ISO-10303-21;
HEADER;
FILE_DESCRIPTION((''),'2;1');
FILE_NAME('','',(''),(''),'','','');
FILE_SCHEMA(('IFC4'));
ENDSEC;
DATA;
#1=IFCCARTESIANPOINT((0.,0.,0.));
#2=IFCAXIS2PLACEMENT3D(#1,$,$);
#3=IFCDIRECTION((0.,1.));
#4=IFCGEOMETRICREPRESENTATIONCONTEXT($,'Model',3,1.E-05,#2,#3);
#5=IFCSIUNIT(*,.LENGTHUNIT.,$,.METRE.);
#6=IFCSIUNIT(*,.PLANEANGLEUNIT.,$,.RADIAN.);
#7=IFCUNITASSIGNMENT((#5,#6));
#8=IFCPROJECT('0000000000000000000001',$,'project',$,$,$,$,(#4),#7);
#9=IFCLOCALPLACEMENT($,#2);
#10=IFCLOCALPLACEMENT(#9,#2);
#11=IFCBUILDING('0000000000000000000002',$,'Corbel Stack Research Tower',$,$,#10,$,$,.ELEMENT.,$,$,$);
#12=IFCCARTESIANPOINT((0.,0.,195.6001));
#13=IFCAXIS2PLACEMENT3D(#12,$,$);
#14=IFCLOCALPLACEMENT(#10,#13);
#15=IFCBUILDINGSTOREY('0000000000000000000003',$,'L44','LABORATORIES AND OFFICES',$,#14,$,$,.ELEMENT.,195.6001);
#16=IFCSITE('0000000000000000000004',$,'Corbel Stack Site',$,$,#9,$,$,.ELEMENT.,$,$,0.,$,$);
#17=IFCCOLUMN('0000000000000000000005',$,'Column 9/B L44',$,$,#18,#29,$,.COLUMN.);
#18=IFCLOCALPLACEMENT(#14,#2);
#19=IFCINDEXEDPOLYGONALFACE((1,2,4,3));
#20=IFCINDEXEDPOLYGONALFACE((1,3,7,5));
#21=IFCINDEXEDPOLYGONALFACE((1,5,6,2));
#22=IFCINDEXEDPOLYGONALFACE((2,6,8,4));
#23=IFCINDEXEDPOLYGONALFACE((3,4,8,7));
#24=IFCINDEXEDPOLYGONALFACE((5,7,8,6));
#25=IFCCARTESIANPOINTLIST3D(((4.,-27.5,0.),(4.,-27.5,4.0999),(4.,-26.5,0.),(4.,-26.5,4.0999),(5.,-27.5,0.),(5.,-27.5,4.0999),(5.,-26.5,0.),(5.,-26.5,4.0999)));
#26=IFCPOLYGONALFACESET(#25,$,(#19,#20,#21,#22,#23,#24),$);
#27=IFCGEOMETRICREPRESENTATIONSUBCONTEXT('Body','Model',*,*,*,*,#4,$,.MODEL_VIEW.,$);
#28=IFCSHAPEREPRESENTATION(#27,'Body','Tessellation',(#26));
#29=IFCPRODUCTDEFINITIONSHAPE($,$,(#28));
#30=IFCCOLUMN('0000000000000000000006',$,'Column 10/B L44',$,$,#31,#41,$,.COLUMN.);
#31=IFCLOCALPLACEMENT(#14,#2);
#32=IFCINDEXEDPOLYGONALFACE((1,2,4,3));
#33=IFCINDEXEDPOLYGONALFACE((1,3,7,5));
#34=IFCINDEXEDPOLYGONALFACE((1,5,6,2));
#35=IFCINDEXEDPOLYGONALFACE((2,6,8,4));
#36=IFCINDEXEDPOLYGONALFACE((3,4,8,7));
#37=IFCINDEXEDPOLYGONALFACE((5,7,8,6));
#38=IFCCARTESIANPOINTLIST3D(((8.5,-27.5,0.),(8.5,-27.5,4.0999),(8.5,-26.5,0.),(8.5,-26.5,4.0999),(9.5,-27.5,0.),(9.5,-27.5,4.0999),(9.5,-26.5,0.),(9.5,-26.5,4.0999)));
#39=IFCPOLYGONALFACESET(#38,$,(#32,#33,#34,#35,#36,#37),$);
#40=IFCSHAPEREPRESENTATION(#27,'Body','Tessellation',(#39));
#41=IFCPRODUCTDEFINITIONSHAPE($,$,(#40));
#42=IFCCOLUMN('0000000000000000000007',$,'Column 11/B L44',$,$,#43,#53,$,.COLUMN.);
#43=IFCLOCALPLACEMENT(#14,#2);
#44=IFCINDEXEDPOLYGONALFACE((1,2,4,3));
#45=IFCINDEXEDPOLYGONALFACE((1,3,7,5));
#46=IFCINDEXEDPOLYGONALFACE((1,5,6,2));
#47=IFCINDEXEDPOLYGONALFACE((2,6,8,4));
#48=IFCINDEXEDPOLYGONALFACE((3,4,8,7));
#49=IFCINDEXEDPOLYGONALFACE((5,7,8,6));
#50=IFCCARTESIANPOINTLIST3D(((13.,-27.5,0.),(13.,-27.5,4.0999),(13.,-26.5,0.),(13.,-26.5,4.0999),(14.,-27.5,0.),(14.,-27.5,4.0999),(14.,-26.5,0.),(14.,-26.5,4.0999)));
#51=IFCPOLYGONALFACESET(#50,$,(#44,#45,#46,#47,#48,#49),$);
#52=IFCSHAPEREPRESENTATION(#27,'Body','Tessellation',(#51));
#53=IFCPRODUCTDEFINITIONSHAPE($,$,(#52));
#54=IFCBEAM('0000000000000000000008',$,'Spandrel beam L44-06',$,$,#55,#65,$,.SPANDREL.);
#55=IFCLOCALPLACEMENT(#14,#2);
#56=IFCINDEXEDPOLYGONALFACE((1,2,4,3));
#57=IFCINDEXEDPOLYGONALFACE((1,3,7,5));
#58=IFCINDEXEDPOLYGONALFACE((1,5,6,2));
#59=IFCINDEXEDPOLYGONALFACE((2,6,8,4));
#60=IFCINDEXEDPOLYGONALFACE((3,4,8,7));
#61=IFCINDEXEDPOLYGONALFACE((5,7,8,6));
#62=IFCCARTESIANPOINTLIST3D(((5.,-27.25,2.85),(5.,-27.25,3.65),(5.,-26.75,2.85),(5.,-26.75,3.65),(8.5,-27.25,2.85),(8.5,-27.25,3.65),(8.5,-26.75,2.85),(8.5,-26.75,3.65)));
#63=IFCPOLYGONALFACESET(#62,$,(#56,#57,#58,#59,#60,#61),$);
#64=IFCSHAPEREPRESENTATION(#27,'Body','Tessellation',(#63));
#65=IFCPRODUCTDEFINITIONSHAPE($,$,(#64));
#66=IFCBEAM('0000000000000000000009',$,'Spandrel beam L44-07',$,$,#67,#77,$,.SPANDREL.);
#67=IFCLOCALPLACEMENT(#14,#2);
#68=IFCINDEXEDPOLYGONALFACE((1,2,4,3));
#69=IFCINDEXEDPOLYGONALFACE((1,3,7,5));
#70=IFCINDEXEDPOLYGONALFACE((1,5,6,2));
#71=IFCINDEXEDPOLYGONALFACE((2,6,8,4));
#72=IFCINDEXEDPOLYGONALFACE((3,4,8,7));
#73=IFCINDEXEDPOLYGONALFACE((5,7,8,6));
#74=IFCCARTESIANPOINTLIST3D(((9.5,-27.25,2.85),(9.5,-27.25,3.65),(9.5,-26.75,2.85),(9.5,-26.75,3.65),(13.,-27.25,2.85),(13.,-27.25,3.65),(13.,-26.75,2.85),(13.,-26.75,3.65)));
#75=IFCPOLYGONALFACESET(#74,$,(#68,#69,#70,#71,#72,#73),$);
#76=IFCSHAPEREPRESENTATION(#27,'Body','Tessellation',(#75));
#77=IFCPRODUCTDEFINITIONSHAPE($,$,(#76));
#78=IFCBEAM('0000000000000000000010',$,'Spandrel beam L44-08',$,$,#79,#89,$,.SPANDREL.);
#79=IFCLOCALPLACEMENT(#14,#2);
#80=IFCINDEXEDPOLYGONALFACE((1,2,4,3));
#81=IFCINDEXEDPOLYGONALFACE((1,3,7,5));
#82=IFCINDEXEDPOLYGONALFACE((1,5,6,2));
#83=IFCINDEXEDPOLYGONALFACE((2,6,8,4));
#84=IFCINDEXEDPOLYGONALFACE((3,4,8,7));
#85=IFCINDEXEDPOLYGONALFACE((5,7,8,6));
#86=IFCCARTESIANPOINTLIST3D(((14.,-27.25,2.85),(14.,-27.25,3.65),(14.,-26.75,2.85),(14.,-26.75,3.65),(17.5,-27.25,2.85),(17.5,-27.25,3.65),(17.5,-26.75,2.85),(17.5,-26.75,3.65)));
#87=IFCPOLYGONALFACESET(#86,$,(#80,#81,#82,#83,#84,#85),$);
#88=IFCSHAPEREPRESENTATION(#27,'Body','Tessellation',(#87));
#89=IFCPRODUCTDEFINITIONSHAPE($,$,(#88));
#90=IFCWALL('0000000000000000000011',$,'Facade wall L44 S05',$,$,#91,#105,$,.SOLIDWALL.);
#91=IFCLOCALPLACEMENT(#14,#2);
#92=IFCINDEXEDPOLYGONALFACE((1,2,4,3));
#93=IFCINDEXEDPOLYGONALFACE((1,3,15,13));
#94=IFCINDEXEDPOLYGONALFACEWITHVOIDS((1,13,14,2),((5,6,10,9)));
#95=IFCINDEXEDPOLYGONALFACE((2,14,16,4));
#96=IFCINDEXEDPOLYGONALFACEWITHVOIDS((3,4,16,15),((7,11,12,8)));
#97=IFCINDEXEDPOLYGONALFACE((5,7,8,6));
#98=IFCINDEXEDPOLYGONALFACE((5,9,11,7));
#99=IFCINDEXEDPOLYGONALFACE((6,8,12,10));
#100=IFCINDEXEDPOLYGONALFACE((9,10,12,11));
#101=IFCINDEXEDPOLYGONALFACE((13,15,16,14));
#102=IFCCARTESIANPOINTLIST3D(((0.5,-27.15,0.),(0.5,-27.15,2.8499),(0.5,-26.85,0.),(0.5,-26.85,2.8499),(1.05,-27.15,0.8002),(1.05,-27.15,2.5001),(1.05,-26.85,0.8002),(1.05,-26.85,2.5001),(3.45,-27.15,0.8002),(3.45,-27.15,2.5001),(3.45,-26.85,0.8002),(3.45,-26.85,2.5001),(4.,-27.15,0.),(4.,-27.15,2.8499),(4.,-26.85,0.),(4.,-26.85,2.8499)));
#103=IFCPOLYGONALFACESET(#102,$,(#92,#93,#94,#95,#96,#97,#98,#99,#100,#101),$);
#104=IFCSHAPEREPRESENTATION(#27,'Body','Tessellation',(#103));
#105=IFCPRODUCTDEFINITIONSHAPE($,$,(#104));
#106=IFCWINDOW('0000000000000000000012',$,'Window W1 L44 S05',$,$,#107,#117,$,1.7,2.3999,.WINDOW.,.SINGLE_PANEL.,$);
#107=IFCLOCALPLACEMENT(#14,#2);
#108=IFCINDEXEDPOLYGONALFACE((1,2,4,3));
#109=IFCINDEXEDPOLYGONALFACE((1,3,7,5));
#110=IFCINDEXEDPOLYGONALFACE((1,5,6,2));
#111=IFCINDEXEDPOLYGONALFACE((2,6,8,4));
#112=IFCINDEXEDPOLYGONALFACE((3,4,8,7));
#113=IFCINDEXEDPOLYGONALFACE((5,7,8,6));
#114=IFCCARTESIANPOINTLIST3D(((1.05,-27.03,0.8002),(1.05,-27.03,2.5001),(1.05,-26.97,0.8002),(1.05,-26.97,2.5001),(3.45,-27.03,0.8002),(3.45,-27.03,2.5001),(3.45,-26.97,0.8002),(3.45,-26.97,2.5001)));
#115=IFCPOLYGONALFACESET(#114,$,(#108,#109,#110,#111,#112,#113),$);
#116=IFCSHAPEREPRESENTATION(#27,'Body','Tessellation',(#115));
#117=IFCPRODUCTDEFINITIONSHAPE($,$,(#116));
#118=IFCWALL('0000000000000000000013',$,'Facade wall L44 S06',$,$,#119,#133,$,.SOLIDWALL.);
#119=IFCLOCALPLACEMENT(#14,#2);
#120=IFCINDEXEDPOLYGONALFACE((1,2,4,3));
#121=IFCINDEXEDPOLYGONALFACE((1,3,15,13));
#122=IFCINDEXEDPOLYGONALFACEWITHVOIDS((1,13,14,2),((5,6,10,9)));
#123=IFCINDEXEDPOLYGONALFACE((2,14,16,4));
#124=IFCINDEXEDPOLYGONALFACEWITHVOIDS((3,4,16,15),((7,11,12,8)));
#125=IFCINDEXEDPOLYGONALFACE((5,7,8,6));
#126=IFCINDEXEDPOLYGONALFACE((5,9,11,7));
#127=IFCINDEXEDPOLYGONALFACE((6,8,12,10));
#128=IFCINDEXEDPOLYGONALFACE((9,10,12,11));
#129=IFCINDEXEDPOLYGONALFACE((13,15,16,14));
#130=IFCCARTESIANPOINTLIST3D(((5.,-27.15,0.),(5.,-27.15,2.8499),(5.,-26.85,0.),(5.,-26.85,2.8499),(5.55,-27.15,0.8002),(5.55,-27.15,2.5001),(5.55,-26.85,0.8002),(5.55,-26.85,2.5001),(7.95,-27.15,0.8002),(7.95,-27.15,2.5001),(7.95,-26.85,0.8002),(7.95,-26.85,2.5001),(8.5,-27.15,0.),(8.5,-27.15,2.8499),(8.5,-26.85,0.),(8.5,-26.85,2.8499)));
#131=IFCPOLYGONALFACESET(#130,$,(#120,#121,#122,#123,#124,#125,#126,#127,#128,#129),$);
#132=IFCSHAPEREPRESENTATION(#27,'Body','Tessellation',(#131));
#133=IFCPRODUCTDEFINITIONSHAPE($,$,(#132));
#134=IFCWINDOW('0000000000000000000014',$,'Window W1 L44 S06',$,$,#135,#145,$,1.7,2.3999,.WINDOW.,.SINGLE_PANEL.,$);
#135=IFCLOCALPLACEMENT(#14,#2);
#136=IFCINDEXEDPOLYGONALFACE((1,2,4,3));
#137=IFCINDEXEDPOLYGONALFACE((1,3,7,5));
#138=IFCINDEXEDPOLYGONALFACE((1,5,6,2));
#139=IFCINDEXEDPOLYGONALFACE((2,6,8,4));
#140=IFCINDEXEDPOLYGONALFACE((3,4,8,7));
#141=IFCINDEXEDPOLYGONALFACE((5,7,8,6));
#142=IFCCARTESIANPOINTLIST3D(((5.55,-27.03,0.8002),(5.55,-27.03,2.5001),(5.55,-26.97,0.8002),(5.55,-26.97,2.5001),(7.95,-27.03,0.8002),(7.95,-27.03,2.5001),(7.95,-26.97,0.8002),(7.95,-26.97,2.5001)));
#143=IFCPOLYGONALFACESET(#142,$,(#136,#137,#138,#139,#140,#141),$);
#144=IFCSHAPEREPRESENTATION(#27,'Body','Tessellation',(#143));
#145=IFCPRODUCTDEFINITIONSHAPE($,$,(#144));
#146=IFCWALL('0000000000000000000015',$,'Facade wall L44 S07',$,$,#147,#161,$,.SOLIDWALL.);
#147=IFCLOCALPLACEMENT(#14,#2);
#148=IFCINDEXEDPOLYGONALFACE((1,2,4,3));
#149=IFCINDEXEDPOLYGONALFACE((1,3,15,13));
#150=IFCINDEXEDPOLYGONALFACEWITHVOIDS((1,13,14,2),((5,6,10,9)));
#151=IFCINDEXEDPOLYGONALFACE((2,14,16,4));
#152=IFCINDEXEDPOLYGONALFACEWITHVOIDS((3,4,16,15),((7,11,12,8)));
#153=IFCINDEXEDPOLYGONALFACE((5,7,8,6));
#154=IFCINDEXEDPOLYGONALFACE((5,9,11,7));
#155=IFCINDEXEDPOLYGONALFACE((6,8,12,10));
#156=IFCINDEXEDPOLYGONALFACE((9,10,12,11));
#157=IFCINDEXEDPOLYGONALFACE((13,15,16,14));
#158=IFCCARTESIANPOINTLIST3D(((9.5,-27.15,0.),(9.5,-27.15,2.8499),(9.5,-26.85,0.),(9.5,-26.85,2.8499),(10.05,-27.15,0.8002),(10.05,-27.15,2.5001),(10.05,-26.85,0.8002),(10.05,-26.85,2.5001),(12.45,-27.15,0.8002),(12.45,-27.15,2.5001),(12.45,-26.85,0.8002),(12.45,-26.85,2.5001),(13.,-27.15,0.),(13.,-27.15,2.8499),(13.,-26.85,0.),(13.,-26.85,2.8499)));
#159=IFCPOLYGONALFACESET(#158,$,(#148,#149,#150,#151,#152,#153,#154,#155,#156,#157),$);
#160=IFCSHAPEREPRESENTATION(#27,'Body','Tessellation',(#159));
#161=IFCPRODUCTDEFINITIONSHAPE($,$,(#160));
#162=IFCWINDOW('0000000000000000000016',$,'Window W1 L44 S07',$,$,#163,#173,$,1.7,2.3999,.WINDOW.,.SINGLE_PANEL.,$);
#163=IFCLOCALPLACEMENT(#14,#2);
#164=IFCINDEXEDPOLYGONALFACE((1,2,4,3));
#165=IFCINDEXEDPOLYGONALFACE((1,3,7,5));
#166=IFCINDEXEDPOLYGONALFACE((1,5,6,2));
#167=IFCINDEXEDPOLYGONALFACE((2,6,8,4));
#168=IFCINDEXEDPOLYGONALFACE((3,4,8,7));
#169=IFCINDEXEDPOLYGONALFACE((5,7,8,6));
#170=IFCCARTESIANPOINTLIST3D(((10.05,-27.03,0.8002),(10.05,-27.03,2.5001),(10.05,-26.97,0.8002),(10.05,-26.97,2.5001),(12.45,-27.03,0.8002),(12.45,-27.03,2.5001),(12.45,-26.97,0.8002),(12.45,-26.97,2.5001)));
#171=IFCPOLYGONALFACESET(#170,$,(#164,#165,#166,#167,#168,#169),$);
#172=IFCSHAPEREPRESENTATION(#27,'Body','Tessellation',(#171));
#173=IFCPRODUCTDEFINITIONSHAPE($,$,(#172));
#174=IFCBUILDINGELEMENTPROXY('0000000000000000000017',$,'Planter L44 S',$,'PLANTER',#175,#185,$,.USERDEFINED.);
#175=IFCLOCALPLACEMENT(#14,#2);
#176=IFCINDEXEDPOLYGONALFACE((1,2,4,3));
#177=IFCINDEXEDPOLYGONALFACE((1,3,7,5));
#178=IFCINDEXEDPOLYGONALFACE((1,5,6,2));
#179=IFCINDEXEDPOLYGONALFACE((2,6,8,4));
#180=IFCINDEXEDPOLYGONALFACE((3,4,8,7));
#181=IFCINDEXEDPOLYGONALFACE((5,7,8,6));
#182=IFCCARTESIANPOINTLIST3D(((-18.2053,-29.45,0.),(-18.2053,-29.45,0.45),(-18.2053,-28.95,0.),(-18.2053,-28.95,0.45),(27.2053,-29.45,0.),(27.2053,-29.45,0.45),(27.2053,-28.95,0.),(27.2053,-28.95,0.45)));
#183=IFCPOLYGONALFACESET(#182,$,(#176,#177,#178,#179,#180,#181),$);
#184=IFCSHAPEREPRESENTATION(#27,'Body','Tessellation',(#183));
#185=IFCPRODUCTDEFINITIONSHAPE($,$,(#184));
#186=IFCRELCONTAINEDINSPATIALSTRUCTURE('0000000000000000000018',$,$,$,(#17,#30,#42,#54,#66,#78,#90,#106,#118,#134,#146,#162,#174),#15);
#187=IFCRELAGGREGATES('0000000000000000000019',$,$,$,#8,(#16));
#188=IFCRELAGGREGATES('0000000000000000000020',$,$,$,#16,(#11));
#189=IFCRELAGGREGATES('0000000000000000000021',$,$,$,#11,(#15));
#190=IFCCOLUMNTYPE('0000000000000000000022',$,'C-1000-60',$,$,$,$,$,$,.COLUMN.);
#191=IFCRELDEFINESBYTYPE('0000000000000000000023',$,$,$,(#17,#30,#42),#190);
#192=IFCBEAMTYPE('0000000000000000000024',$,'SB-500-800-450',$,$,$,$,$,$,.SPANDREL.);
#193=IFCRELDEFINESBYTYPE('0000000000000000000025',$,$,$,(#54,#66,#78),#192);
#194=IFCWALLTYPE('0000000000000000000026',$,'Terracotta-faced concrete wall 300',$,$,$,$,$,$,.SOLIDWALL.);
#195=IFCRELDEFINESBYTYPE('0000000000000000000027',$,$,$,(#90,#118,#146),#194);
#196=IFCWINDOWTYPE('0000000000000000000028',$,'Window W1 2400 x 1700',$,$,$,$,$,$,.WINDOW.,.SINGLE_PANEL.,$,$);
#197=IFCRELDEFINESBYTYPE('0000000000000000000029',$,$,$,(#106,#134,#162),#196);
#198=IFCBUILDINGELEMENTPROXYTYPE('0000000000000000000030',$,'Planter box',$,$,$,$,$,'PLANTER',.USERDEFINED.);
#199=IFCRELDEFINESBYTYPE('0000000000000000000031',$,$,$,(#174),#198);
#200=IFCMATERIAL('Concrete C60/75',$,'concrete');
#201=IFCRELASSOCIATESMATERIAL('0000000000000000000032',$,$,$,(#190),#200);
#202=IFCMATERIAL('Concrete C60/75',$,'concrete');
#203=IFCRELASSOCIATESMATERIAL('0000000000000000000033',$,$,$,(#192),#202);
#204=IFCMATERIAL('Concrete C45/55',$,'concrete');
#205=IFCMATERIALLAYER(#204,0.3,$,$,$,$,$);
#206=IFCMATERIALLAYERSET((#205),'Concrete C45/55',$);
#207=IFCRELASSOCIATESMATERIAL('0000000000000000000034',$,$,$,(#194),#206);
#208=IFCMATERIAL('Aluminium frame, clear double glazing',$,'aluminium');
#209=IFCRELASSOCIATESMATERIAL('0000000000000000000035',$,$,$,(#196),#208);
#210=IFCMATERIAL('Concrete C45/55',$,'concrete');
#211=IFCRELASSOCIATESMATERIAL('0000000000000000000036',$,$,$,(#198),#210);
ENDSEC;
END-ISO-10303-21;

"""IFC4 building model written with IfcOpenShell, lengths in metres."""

from ifc_helpers import new_model, si_unit, direction, frame, frame_2d, origin, origin_2d, place, context, subcontext, project, spatial, rectangle, extrude, material, layer, layer_set, material_profile, profile_set, type_object, element, fill, save


model = new_model("IFC4")

# Units and contexts
model_context = context("Model", 3, precision=1e-05, world=origin(), true_north=direction((0.0, 1.0)))
body_context = subcontext(model_context, "Body", "Model", "MODEL_VIEW")
ifc_project = project(units=[si_unit("LENGTHUNIT", "METRE"), si_unit("PLANEANGLEUNIT", "RADIAN")], contexts=[model_context])

# Site, building, storey
site_placement = place(None, origin())
site = spatial("IfcSite", under=ifc_project, at=site_placement, Name="Corbel Stack Site", CompositionType="ELEMENT", RefElevation=0.0)
building_placement = place(site_placement, origin())
building = spatial("IfcBuilding", under=site, at=building_placement, Name="Corbel Stack Research Tower", CompositionType="ELEMENT")
storey_placement = place(building_placement, frame((0.0, 0.0, 195.6001)))
storey = spatial("IfcBuildingStorey", under=building, at=storey_placement, Name="L44", Description="LABORATORIES AND OFFICES", CompositionType="ELEMENT", Elevation=195.6001)

# Columns
ifc_material_1 = material(Name="Concrete C60/75", Category="concrete")
ifc_material_profile_1 = material_profile(ifc_material_1, rectangle(XDim=1.0, YDim=1.0, at=origin_2d()), Name="RC 1000 x 1000")
ifc_profile_set_1 = profile_set([ifc_material_profile_1], Name="Concrete C60/75")
column_type = type_object("IfcColumnType", Name="C-1000-60", PredefinedType="COLUMN", material=ifc_profile_set_1)
for number, where, z_axis, x_axis, name in (
    (1, (4.5, -27.0, 0.0), (0.0, 0.0, 1.0), (1.0, 0.0, 0.0), "Column 9/B L44"),
    (2, (9.0, -27.0, 0.0), (0.0, 0.0, 1.0), (1.0, 0.0, 0.0), "Column 10/B L44"),
    (3, (13.5, -27.0, 0.0), (0.0, 0.0, 1.0), (1.0, 0.0, 0.0), "Column 11/B L44"),
):
    element("IfcColumn", number, at=place(storey_placement, frame(where, z_axis=z_axis, x_axis=x_axis)), inside=storey, type_object=column_type, Name=name, PredefinedType="COLUMN", context=body_context, shape_type="SweptSolid", body=[
        extrude(rectangle(XDim=1.0, YDim=1.0, at=origin_2d()), origin(), (0.0, 0.0, 1.0), 4.0999),
    ])

# Beams
ifc_material_2 = material(Name="Concrete C60/75", Category="concrete")
ifc_material_profile_2 = material_profile(ifc_material_2, rectangle(XDim=0.5, YDim=0.8, at=origin_2d()), Name="RC 500 x 800")
ifc_profile_set_2 = profile_set([ifc_material_profile_2], Name="Concrete C60/75")
beam_type = type_object("IfcBeamType", Name="SB-500-800-450", PredefinedType="SPANDREL", material=ifc_profile_set_2)
for number, where, z_axis, x_axis, name in (
    (4, (5.0, -27.0, 3.25), (1.0, 0.0, 0.0), (0.0, 1.0, 0.0), "Spandrel beam L44-06"),
    (5, (9.5, -27.0, 3.25), (1.0, 0.0, 0.0), (0.0, 1.0, 0.0), "Spandrel beam L44-07"),
    (6, (14.0, -27.0, 3.25), (1.0, 0.0, 0.0), (0.0, 1.0, 0.0), "Spandrel beam L44-08"),
):
    element("IfcBeam", number, at=place(storey_placement, frame(where, z_axis=z_axis, x_axis=x_axis)), inside=storey, type_object=beam_type, Name=name, PredefinedType="SPANDREL", context=body_context, shape_type="SweptSolid", body=[
        extrude(rectangle(XDim=0.5, YDim=0.8, at=origin_2d()), origin(), (0.0, 0.0, 1.0), 3.5),
    ])

# Walls, openings, windows
ifc_material_3 = material(Name="Concrete C45/55", Category="concrete")
ifc_layer = layer(ifc_material_3, 0.3)
ifc_layer_set = layer_set([ifc_layer], Name="Concrete C45/55")
wall_type = type_object("IfcWallType", Name="Terracotta-faced concrete wall 300", PredefinedType="SOLIDWALL", material=ifc_layer_set)
wall_1_placement = place(storey_placement, frame((4.0, -27.0, 0.0), z_axis=(0.0, 0.0, 1.0), x_axis=(-1.0, 0.0, 0.0)))
wall_1 = element("IfcWall", 7, at=wall_1_placement, inside=storey, type_object=wall_type, Name="Facade wall L44 S05", PredefinedType="SOLIDWALL", context=body_context, shape_type="SweptSolid", body=[
    extrude(rectangle(XDim=3.5, YDim=0.3, at=frame_2d((1.75, 0.0))), origin(), (0.0, 0.0, 1.0), 2.8499),
])
opening_1_placement = place(wall_1_placement, frame((0.55, 0.0, 0.8)))
opening_1 = element("IfcOpeningElement", 8, at=opening_1_placement, cuts=wall_1, PredefinedType="OPENING", context=body_context, shape_type="SweptSolid", body=[
    extrude(rectangle(XDim=2.3999, YDim=1.7, at=frame_2d((1.2, 0.8501))), frame((0.0, 0.1599, 0.0), z_axis=(0.0, -1.0, 0.0), x_axis=(1.0, 0.0, 0.0)), (0.0, 0.0, 1.0), 0.3201),
])
ifc_material_4 = material(Name="Aluminium frame, clear double glazing", Category="aluminium")
window_type = type_object("IfcWindowType", Name="Window W1 2400 x 1700", PartitioningType="SINGLE_PANEL", PredefinedType="WINDOW", material=ifc_material_4)
window_1_placement = place(opening_1_placement, origin())
window_1 = element("IfcWindow", 9, at=window_1_placement, inside=storey, type_object=window_type, Name="Window W1 L44 S05", OverallHeight=1.7, OverallWidth=2.3999, PartitioningType="SINGLE_PANEL", PredefinedType="WINDOW", context=body_context, shape_type="SweptSolid", body=[
    extrude(rectangle(XDim=2.3999, YDim=1.7, at=frame_2d((1.2, 0.8501))), frame((0.0, 0.03, 0.0), z_axis=(0.0, -1.0, 0.0), x_axis=(1.0, 0.0, 0.0)), (0.0, 0.0, 1.0), 0.0601),
])
fill(opening_1, window_1)
wall_2_placement = place(storey_placement, frame((8.5, -27.0, 0.0), z_axis=(0.0, 0.0, 1.0), x_axis=(-1.0, 0.0, 0.0)))
wall_2 = element("IfcWall", 10, at=wall_2_placement, inside=storey, type_object=wall_type, Name="Facade wall L44 S06", PredefinedType="SOLIDWALL", context=body_context, shape_type="SweptSolid", body=[
    extrude(rectangle(XDim=3.5, YDim=0.3, at=frame_2d((1.75, 0.0))), origin(), (0.0, 0.0, 1.0), 2.8499),
])
opening_2_placement = place(wall_2_placement, frame((0.55, 0.0, 0.8)))
opening_2 = element("IfcOpeningElement", 11, at=opening_2_placement, cuts=wall_2, PredefinedType="OPENING", context=body_context, shape_type="SweptSolid", body=[
    extrude(rectangle(XDim=2.3999, YDim=1.7, at=frame_2d((1.2, 0.8501))), frame((0.0, 0.1599, 0.0), z_axis=(0.0, -1.0, 0.0), x_axis=(1.0, 0.0, 0.0)), (0.0, 0.0, 1.0), 0.3201),
])
window_2_placement = place(opening_2_placement, origin())
window_2 = element("IfcWindow", 12, at=window_2_placement, inside=storey, type_object=window_type, Name="Window W1 L44 S06", OverallHeight=1.7, OverallWidth=2.3999, PartitioningType="SINGLE_PANEL", PredefinedType="WINDOW", context=body_context, shape_type="SweptSolid", body=[
    extrude(rectangle(XDim=2.3999, YDim=1.7, at=frame_2d((1.2, 0.8501))), frame((0.0, 0.03, 0.0), z_axis=(0.0, -1.0, 0.0), x_axis=(1.0, 0.0, 0.0)), (0.0, 0.0, 1.0), 0.0601),
])
fill(opening_2, window_2)
wall_3_placement = place(storey_placement, frame((13.0, -27.0, 0.0), z_axis=(0.0, 0.0, 1.0), x_axis=(-1.0, 0.0, 0.0)))
wall_3 = element("IfcWall", 13, at=wall_3_placement, inside=storey, type_object=wall_type, Name="Facade wall L44 S07", PredefinedType="SOLIDWALL", context=body_context, shape_type="SweptSolid", body=[
    extrude(rectangle(XDim=3.5, YDim=0.3, at=frame_2d((1.75, 0.0))), origin(), (0.0, 0.0, 1.0), 2.8499),
])
opening_3_placement = place(wall_3_placement, frame((0.55, 0.0, 0.8)))
opening_3 = element("IfcOpeningElement", 14, at=opening_3_placement, cuts=wall_3, PredefinedType="OPENING", context=body_context, shape_type="SweptSolid", body=[
    extrude(rectangle(XDim=2.3999, YDim=1.7, at=frame_2d((1.2, 0.8501))), frame((0.0, 0.1599, 0.0), z_axis=(0.0, -1.0, 0.0), x_axis=(1.0, 0.0, 0.0)), (0.0, 0.0, 1.0), 0.3201),
])
window_3_placement = place(opening_3_placement, origin())
window_3 = element("IfcWindow", 15, at=window_3_placement, inside=storey, type_object=window_type, Name="Window W1 L44 S07", OverallHeight=1.7, OverallWidth=2.3999, PartitioningType="SINGLE_PANEL", PredefinedType="WINDOW", context=body_context, shape_type="SweptSolid", body=[
    extrude(rectangle(XDim=2.3999, YDim=1.7, at=frame_2d((1.2, 0.8501))), frame((0.0, 0.03, 0.0), z_axis=(0.0, -1.0, 0.0), x_axis=(1.0, 0.0, 0.0)), (0.0, 0.0, 1.0), 0.0601),
])
fill(opening_3, window_3)

# Building element proxy
ifc_material_5 = material(Name="Concrete C45/55", Category="concrete")
building_element_proxy_type = type_object("IfcBuildingElementProxyType", Name="Planter box", ElementType="PLANTER", PredefinedType="USERDEFINED", material=ifc_material_5)
proxy_placement = place(storey_placement, frame((4.5, -29.2, 0.0), z_axis=(0.0, 0.0, 1.0), x_axis=(1.0, 0.0, 0.0)))
element("IfcBuildingElementProxy", 16, at=proxy_placement, inside=storey, type_object=building_element_proxy_type, Name="Planter L44 S", ObjectType="PLANTER", PredefinedType="USERDEFINED", context=body_context, shape_type="SweptSolid", body=[
    extrude(rectangle(XDim=45.4106, YDim=0.5, at=origin_2d()), origin(), (0.0, 0.0, 1.0), 0.45),
])

save(model, "model.ifc")
